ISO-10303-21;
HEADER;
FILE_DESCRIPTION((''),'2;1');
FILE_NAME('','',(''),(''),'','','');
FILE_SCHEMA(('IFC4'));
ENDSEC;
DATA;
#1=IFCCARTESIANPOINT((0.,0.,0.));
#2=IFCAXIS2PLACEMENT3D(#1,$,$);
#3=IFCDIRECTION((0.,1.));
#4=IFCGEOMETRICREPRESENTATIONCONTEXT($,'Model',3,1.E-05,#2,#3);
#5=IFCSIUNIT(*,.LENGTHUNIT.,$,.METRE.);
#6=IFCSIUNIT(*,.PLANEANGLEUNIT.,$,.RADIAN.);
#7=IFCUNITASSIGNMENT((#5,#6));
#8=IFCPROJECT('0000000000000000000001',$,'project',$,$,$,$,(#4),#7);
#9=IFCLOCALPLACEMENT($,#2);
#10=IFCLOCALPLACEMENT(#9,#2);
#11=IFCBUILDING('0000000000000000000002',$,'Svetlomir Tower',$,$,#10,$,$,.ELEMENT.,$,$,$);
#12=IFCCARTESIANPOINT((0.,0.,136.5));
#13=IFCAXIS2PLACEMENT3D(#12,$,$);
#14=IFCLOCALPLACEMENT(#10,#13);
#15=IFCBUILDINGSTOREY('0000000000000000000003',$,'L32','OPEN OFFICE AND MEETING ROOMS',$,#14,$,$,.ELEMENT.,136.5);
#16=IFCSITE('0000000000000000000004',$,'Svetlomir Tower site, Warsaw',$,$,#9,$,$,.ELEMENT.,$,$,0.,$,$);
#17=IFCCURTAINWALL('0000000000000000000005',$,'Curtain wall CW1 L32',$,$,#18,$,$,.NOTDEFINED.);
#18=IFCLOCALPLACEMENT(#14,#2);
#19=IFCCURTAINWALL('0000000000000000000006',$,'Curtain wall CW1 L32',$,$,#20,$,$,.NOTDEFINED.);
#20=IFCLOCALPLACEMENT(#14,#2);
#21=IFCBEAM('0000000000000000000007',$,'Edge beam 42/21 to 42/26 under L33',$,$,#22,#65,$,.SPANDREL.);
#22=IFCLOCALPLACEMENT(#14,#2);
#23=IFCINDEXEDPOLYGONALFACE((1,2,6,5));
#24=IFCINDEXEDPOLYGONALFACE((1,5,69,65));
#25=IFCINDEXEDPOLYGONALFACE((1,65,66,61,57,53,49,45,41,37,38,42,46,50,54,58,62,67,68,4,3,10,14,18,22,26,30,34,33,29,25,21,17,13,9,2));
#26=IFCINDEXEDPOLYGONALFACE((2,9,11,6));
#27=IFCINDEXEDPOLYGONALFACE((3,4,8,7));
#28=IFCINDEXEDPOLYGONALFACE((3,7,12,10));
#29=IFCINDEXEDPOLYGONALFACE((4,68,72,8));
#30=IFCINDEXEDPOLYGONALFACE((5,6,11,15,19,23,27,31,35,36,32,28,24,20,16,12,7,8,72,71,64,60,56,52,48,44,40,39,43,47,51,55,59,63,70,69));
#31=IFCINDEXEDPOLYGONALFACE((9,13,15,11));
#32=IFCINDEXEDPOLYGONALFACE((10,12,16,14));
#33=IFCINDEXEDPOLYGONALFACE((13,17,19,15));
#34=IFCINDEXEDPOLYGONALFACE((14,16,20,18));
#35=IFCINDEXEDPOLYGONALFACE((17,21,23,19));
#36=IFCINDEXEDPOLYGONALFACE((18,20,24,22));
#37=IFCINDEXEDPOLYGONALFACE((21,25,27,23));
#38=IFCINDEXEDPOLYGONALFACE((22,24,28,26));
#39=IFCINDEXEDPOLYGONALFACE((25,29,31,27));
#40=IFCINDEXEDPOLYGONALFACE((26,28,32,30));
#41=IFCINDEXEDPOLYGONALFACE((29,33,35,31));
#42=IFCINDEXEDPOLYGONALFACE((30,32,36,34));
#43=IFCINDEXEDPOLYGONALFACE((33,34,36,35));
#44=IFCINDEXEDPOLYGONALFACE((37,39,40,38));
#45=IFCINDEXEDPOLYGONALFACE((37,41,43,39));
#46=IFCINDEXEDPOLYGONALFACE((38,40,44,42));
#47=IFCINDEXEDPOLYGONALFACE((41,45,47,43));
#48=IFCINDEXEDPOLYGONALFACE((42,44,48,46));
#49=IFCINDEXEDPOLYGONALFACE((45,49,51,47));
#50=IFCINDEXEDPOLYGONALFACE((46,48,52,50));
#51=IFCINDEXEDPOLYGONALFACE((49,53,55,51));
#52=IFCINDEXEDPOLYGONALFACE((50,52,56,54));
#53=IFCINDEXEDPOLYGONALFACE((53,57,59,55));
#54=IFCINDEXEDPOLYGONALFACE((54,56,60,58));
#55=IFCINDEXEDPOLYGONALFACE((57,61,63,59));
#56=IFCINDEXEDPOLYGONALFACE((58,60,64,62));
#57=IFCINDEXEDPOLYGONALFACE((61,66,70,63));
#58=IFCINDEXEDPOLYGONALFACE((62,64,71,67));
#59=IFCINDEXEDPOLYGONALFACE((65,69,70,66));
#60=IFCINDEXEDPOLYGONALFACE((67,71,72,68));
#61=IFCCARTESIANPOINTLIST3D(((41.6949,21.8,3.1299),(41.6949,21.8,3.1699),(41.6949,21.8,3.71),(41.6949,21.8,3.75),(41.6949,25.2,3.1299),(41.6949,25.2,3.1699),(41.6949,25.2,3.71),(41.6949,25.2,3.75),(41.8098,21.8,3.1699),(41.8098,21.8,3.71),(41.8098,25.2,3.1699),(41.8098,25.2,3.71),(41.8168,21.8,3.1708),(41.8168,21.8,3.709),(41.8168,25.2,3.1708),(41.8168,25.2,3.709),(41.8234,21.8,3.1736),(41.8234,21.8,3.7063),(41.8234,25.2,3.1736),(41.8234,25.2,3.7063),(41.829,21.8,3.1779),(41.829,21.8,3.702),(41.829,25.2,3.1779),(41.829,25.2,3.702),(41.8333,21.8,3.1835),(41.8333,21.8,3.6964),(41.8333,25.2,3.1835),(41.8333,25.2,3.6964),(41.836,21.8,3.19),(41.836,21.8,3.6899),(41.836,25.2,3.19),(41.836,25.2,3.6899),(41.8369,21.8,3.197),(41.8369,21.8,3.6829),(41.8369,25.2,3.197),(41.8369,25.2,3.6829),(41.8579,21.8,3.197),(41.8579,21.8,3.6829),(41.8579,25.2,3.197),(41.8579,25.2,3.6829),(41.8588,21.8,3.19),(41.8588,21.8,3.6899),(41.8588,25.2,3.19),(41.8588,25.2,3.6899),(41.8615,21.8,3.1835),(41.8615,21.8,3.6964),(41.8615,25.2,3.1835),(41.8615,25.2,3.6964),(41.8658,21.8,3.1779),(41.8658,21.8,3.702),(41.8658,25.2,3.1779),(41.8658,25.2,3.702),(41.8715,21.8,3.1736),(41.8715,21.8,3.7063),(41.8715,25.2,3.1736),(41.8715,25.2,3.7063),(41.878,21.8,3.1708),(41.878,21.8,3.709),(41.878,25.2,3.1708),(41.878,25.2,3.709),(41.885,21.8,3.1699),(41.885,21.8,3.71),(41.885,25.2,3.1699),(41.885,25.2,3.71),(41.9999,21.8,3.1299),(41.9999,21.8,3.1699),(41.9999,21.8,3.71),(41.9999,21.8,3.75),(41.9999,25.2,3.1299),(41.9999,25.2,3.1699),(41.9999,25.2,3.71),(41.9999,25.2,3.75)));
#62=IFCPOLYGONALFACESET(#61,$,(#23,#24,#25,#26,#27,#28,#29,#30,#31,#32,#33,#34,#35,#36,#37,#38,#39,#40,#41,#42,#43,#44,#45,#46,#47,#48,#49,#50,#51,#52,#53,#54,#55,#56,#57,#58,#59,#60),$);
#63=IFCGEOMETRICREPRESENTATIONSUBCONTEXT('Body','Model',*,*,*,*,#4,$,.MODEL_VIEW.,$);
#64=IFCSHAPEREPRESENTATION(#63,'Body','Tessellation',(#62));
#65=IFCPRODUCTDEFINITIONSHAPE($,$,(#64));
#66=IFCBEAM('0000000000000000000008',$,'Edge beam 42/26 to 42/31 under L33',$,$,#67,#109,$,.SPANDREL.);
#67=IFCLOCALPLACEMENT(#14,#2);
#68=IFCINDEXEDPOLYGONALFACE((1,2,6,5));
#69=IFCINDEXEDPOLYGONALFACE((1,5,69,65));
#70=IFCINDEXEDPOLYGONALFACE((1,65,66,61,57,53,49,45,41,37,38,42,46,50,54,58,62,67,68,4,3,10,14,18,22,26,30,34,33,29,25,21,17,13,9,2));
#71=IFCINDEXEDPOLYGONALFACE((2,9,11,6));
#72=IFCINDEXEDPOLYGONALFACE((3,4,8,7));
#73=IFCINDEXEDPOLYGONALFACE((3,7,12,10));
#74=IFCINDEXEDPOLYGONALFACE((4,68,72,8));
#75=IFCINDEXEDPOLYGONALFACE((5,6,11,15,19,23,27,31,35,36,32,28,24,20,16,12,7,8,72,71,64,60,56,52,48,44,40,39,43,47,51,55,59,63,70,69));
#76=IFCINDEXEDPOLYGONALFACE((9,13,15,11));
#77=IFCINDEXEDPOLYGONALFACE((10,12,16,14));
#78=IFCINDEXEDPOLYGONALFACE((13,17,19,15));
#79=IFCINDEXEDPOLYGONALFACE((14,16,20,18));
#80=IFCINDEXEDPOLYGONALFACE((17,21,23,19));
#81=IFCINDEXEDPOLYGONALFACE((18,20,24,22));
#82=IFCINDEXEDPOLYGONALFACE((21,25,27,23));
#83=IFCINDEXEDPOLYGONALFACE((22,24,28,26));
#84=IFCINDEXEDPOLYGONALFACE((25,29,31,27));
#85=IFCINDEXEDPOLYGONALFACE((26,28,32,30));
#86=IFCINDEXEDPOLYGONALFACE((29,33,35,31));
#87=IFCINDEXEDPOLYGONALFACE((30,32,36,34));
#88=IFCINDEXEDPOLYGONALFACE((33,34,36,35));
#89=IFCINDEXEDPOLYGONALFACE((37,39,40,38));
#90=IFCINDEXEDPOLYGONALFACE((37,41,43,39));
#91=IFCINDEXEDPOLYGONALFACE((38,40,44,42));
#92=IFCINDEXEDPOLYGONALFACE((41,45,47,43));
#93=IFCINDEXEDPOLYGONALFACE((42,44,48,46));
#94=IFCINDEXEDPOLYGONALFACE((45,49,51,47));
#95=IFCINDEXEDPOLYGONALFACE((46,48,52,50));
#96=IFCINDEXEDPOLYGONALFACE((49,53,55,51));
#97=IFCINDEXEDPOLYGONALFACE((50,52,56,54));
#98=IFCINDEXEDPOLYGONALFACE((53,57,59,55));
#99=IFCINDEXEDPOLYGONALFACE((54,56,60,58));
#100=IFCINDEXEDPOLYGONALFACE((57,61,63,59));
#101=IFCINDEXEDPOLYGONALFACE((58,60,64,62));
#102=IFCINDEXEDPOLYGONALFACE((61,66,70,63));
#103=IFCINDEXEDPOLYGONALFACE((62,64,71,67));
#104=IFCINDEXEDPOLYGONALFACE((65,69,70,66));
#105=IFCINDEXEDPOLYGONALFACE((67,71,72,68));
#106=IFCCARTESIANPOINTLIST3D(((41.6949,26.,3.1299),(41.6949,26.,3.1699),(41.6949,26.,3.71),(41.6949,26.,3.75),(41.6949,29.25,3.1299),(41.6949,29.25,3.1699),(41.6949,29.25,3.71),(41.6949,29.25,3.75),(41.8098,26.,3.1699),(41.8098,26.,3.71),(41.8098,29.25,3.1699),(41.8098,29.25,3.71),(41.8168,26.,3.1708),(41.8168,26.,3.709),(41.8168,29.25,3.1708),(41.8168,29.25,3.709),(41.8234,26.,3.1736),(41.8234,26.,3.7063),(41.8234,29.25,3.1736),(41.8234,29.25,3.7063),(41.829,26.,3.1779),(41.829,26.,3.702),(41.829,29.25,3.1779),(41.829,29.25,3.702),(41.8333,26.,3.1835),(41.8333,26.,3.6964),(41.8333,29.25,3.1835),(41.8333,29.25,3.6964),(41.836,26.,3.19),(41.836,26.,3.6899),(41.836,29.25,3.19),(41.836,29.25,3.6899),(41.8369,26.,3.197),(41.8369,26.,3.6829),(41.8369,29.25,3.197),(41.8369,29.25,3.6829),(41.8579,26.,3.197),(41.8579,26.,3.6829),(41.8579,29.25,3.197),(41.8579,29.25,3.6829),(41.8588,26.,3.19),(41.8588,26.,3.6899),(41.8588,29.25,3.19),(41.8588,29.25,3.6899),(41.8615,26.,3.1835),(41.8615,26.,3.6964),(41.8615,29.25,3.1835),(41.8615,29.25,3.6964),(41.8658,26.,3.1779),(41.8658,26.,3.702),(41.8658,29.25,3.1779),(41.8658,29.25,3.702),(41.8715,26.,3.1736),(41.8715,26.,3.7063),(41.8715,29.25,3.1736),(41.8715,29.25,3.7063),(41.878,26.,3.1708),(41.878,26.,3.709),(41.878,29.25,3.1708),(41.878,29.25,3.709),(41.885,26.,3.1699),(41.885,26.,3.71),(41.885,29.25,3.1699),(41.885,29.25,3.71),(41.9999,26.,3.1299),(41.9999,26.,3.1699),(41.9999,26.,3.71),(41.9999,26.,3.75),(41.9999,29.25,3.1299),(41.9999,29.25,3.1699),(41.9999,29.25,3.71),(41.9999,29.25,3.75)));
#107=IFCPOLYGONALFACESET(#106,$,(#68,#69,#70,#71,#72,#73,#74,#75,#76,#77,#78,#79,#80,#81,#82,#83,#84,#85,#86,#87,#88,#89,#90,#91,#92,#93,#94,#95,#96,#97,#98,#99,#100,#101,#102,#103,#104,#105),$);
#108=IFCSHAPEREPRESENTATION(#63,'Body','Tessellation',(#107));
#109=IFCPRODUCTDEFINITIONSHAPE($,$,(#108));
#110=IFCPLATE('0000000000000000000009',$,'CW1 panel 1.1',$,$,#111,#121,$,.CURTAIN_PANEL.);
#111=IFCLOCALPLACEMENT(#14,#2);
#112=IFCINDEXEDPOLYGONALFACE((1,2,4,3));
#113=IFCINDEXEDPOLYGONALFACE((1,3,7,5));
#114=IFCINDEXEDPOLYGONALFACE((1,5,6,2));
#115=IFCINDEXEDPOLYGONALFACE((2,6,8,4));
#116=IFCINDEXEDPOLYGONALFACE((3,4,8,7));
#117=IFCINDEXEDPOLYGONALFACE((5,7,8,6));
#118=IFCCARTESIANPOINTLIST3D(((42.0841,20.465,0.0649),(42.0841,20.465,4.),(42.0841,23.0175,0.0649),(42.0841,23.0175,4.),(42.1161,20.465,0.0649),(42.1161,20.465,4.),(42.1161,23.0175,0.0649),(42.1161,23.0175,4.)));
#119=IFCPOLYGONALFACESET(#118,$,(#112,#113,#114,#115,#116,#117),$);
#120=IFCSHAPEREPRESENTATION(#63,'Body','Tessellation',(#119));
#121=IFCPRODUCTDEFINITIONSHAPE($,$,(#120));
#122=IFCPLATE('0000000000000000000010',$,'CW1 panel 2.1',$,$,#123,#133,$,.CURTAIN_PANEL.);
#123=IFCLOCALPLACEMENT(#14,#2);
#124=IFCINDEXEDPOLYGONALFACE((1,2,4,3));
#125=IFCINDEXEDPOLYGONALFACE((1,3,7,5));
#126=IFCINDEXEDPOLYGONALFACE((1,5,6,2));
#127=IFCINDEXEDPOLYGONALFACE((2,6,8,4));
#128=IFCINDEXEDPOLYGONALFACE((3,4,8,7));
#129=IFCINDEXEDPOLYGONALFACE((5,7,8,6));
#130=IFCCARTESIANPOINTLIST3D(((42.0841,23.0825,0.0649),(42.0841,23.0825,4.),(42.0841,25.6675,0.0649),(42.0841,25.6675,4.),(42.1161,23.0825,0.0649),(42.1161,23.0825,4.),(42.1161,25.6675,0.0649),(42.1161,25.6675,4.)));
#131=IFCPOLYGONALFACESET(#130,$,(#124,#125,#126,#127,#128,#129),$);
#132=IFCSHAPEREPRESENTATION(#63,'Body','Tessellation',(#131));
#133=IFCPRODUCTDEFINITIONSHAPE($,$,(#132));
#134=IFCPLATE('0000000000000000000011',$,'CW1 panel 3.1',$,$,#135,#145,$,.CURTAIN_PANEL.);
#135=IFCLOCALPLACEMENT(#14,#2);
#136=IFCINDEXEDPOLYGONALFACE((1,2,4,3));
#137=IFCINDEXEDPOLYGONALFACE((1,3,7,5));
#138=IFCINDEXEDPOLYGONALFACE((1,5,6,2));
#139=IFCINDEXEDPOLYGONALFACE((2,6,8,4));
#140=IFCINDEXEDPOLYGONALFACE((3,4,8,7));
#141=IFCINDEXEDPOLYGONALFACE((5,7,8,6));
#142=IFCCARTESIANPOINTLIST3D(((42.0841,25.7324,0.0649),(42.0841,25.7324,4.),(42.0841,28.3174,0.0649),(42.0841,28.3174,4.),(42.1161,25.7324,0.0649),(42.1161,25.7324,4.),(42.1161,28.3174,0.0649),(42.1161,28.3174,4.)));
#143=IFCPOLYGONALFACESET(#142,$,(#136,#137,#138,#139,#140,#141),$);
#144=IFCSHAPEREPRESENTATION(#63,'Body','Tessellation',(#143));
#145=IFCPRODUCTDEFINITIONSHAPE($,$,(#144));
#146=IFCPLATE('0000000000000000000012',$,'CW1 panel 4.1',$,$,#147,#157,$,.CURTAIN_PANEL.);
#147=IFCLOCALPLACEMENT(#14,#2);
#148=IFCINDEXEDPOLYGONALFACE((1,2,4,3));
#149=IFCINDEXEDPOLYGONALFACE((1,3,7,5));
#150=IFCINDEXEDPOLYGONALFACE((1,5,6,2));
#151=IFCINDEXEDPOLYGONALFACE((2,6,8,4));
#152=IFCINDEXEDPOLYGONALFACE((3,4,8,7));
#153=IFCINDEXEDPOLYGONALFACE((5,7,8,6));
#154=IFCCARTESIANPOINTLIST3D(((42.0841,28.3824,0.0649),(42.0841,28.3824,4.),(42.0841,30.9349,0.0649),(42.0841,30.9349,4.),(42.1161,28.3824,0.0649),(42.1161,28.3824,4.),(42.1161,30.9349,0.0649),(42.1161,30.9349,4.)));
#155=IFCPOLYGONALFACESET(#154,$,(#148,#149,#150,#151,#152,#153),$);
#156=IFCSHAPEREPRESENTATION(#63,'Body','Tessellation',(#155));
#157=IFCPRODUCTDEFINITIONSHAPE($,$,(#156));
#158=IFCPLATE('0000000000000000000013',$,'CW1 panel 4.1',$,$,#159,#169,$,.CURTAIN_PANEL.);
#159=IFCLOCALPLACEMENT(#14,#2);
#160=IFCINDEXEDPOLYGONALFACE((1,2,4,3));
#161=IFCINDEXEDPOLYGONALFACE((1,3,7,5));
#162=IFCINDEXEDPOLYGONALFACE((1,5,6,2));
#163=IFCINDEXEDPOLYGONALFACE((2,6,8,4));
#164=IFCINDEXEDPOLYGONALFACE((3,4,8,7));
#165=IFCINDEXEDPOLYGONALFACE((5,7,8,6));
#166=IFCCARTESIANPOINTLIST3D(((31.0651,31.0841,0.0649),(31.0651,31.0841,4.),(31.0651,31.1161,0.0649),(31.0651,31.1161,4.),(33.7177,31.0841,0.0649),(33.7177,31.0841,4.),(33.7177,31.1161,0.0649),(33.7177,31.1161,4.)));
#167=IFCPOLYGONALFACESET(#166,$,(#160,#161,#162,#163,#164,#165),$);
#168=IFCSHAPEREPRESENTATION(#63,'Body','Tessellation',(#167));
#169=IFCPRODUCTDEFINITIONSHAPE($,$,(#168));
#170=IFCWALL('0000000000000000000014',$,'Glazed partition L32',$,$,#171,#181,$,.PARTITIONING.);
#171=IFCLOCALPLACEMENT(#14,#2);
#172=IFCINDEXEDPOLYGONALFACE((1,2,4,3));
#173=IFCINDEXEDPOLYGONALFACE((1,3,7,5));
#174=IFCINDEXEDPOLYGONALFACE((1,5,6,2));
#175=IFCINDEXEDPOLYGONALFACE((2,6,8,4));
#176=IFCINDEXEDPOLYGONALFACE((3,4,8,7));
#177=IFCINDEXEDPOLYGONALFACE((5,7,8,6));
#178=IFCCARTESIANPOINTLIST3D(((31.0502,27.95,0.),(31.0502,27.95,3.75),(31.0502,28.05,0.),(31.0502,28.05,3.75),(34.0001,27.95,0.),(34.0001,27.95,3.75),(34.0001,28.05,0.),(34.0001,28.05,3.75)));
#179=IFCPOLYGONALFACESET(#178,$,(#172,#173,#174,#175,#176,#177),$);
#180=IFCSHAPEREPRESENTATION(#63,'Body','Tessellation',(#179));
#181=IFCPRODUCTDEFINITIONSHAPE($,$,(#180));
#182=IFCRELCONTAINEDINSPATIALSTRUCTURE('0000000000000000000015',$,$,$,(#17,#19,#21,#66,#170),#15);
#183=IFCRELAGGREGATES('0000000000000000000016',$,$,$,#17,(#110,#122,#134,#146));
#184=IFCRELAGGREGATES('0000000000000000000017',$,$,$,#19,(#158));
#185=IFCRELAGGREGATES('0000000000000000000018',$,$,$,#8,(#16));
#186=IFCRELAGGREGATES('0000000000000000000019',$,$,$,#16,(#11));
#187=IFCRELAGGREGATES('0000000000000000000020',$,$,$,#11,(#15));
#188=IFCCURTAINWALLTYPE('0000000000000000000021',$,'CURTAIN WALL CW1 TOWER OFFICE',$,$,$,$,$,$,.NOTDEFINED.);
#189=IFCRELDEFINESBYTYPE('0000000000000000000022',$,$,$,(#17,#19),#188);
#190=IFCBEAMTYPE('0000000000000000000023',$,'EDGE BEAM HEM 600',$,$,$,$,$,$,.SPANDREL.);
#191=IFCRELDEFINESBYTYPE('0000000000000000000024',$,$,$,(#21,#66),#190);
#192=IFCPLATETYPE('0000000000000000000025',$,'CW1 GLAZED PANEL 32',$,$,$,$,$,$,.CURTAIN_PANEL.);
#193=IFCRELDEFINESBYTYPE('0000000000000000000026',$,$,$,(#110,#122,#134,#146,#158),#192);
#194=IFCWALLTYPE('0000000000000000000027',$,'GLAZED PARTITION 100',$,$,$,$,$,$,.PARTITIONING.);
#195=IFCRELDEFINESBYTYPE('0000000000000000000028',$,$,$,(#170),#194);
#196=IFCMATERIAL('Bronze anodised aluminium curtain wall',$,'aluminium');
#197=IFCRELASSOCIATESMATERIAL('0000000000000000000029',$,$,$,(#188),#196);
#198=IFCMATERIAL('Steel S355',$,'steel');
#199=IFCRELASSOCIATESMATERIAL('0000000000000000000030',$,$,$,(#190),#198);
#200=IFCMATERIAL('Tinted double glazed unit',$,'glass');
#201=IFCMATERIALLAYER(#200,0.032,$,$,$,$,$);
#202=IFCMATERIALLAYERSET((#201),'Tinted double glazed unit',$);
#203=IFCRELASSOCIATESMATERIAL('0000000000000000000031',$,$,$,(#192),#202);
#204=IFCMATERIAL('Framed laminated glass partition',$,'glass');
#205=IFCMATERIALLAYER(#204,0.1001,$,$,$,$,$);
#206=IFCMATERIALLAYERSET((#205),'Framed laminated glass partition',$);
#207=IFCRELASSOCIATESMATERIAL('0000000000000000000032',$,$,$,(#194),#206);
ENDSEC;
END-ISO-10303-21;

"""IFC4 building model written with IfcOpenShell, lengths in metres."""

from ifc_helpers import new_model, si_unit, direction, frame, frame_2d, origin, origin_2d, place, context, subcontext, project, spatial, rectangle, i_section, extrude, material, layer, layer_set, material_profile, profile_set, type_object, element, aggregate, save


model = new_model("IFC4")

# Units and contexts
model_context = context("Model", 3, precision=1e-05, world=origin(), true_north=direction((0.0, 1.0)))
body_context = subcontext(model_context, "Body", "Model", "MODEL_VIEW")
ifc_project = project(units=[si_unit("LENGTHUNIT", "METRE"), si_unit("PLANEANGLEUNIT", "RADIAN")], contexts=[model_context])

# Site, building, storey
site_placement = place(None, origin())
site = spatial("IfcSite", under=ifc_project, at=site_placement, Name="Svetlomir Tower site, Warsaw", CompositionType="ELEMENT", RefElevation=0.0)
building_placement = place(site_placement, origin())
building = spatial("IfcBuilding", under=site, at=building_placement, Name="Svetlomir Tower", CompositionType="ELEMENT")
storey_placement = place(building_placement, frame((0.0, 0.0, 136.5)))
storey = spatial("IfcBuildingStorey", under=building, at=storey_placement, Name="L32", Description="OPEN OFFICE AND MEETING ROOMS", CompositionType="ELEMENT", Elevation=136.5)

# Curtain wall
ifc_material_1 = material(Name="Bronze anodised aluminium curtain wall", Category="aluminium")
curtain_wall_type = type_object("IfcCurtainWallType", Name="CURTAIN WALL CW1 TOWER OFFICE", PredefinedType="NOTDEFINED", material=ifc_material_1)
curtain_wall_1_placement = place(storey_placement, origin())
curtain_wall_1 = element("IfcCurtainWall", 1, at=curtain_wall_1_placement, inside=storey, type_object=curtain_wall_type, Name="Curtain wall CW1 L32", PredefinedType="NOTDEFINED")

# Curtain wall
curtain_wall_2_placement = place(storey_placement, origin())
curtain_wall_2 = element("IfcCurtainWall", 2, at=curtain_wall_2_placement, inside=storey, type_object=curtain_wall_type, Name="Curtain wall CW1 L32", PredefinedType="NOTDEFINED")

# Beams
ifc_material_2 = material(Name="Steel S355", Category="steel")
ifc_material_profile_1 = material_profile(ifc_material_2, i_section(OverallWidth=0.3049, OverallDepth=0.6201, WebThickness=0.021, FlangeThickness=0.04, FilletRadius=0.0271, at=origin_2d()), Name="HEM 600")
ifc_profile_set_1 = profile_set([ifc_material_profile_1], Name="Steel S355")
beam_type = type_object("IfcBeamType", Name="EDGE BEAM HEM 600", PredefinedType="SPANDREL", material=ifc_profile_set_1)
beam_1_placement = place(storey_placement, frame((41.8474, 21.8, 3.4399), z_axis=(0.0, 1.0, 0.0), x_axis=(-1.0, 0.0, 0.0)))
element("IfcBeam", 3, at=beam_1_placement, inside=storey, type_object=beam_type, Name="Edge beam 42/21 to 42/26 under L33", PredefinedType="SPANDREL", context=body_context, shape_type="SweptSolid", body=[
    extrude(i_section(OverallWidth=0.3049, OverallDepth=0.6201, WebThickness=0.021, FlangeThickness=0.04, FilletRadius=0.0271, at=origin_2d()), origin(), (0.0, 0.0, 1.0), 3.3999),
])
beam_2_placement = place(storey_placement, frame((41.8474, 26.0, 3.4399), z_axis=(0.0, 1.0, 0.0), x_axis=(-1.0, 0.0, 0.0)))
element("IfcBeam", 4, at=beam_2_placement, inside=storey, type_object=beam_type, Name="Edge beam 42/26 to 42/31 under L33", PredefinedType="SPANDREL", context=body_context, shape_type="SweptSolid", body=[
    extrude(i_section(OverallWidth=0.3049, OverallDepth=0.6201, WebThickness=0.021, FlangeThickness=0.04, FilletRadius=0.0271, at=origin_2d()), origin(), (0.0, 0.0, 1.0), 3.25),
])

# Plates
ifc_material_3 = material(Name="Tinted double glazed unit", Category="glass")
ifc_layer_1 = layer(ifc_material_3, 0.032)
ifc_layer_set_1 = layer_set([ifc_layer_1], Name="Tinted double glazed unit")
plate_type = type_object("IfcPlateType", Name="CW1 GLAZED PANEL 32", PredefinedType="CURTAIN_PANEL", material=ifc_layer_set_1)
plate_1_placement = place(storey_placement, frame((42.1001, 21.7412, 0.0649), z_axis=(0.0, 0.0, 1.0), x_axis=(0.0, 1.0, 0.0)))
plate_1 = element("IfcPlate", 5, at=plate_1_placement, type_object=plate_type, Name="CW1 panel 1.1", PredefinedType="CURTAIN_PANEL", context=body_context, shape_type="SweptSolid", body=[
    extrude(rectangle(XDim=2.5525, YDim=0.032, at=origin_2d()), origin(), (0.0, 0.0, 1.0), 3.9351),
])
plate_2_placement = place(storey_placement, frame((42.1001, 24.375, 0.0649), z_axis=(0.0, 0.0, 1.0), x_axis=(0.0, 1.0, 0.0)))
plate_2 = element("IfcPlate", 6, at=plate_2_placement, type_object=plate_type, Name="CW1 panel 2.1", PredefinedType="CURTAIN_PANEL", context=body_context, shape_type="SweptSolid", body=[
    extrude(rectangle(XDim=2.585, YDim=0.032, at=origin_2d()), origin(), (0.0, 0.0, 1.0), 3.9351),
])
plate_3_placement = place(storey_placement, frame((42.1001, 27.0249, 0.0649), z_axis=(0.0, 0.0, 1.0), x_axis=(0.0, 1.0, 0.0)))
plate_3 = element("IfcPlate", 7, at=plate_3_placement, type_object=plate_type, Name="CW1 panel 3.1", PredefinedType="CURTAIN_PANEL", context=body_context, shape_type="SweptSolid", body=[
    extrude(rectangle(XDim=2.585, YDim=0.032, at=origin_2d()), origin(), (0.0, 0.0, 1.0), 3.9351),
])
plate_4_placement = place(storey_placement, frame((42.1001, 29.6587, 0.0649), z_axis=(0.0, 0.0, 1.0), x_axis=(0.0, 1.0, 0.0)))
plate_4 = element("IfcPlate", 8, at=plate_4_placement, type_object=plate_type, Name="CW1 panel 4.1", PredefinedType="CURTAIN_PANEL", context=body_context, shape_type="SweptSolid", body=[
    extrude(rectangle(XDim=2.5525, YDim=0.032, at=origin_2d()), origin(), (0.0, 0.0, 1.0), 3.9351),
])
aggregate(curtain_wall_1, [plate_1, plate_2, plate_3, plate_4])
plate_5_placement = place(storey_placement, frame((32.3914, 31.1001, 0.0649), z_axis=(0.0, 0.0, 1.0), x_axis=(-1.0, 0.0, 0.0)))
plate_5 = element("IfcPlate", 9, at=plate_5_placement, type_object=plate_type, Name="CW1 panel 4.1", PredefinedType="CURTAIN_PANEL", context=body_context, shape_type="SweptSolid", body=[
    extrude(rectangle(XDim=2.6526, YDim=0.032, at=origin_2d()), origin(), (0.0, 0.0, 1.0), 3.9351),
])
aggregate(curtain_wall_2, [plate_5])

# Wall
ifc_material_4 = material(Name="Framed laminated glass partition", Category="glass")
ifc_layer_2 = layer(ifc_material_4, 0.1001)
ifc_layer_set_2 = layer_set([ifc_layer_2], Name="Framed laminated glass partition")
wall_type_1 = type_object("IfcWallType", Name="GLAZED PARTITION 100", PredefinedType="PARTITIONING", material=ifc_layer_set_2)
wall_1_placement = place(storey_placement, frame((31.05, 28.0, 0.0), z_axis=(0.0, 0.0, 1.0), x_axis=(1.0, 0.0, 0.0)))
element("IfcWall", 10, at=wall_1_placement, inside=storey, type_object=wall_type_1, Name="Glazed partition L32", PredefinedType="PARTITIONING", context=body_context, shape_type="SweptSolid", body=[
    extrude(rectangle(XDim=2.95, YDim=0.1001, at=frame_2d((1.4751, 0.0))), origin(), (0.0, 0.0, 1.0), 3.75),
])

save(model, "model.ifc")
